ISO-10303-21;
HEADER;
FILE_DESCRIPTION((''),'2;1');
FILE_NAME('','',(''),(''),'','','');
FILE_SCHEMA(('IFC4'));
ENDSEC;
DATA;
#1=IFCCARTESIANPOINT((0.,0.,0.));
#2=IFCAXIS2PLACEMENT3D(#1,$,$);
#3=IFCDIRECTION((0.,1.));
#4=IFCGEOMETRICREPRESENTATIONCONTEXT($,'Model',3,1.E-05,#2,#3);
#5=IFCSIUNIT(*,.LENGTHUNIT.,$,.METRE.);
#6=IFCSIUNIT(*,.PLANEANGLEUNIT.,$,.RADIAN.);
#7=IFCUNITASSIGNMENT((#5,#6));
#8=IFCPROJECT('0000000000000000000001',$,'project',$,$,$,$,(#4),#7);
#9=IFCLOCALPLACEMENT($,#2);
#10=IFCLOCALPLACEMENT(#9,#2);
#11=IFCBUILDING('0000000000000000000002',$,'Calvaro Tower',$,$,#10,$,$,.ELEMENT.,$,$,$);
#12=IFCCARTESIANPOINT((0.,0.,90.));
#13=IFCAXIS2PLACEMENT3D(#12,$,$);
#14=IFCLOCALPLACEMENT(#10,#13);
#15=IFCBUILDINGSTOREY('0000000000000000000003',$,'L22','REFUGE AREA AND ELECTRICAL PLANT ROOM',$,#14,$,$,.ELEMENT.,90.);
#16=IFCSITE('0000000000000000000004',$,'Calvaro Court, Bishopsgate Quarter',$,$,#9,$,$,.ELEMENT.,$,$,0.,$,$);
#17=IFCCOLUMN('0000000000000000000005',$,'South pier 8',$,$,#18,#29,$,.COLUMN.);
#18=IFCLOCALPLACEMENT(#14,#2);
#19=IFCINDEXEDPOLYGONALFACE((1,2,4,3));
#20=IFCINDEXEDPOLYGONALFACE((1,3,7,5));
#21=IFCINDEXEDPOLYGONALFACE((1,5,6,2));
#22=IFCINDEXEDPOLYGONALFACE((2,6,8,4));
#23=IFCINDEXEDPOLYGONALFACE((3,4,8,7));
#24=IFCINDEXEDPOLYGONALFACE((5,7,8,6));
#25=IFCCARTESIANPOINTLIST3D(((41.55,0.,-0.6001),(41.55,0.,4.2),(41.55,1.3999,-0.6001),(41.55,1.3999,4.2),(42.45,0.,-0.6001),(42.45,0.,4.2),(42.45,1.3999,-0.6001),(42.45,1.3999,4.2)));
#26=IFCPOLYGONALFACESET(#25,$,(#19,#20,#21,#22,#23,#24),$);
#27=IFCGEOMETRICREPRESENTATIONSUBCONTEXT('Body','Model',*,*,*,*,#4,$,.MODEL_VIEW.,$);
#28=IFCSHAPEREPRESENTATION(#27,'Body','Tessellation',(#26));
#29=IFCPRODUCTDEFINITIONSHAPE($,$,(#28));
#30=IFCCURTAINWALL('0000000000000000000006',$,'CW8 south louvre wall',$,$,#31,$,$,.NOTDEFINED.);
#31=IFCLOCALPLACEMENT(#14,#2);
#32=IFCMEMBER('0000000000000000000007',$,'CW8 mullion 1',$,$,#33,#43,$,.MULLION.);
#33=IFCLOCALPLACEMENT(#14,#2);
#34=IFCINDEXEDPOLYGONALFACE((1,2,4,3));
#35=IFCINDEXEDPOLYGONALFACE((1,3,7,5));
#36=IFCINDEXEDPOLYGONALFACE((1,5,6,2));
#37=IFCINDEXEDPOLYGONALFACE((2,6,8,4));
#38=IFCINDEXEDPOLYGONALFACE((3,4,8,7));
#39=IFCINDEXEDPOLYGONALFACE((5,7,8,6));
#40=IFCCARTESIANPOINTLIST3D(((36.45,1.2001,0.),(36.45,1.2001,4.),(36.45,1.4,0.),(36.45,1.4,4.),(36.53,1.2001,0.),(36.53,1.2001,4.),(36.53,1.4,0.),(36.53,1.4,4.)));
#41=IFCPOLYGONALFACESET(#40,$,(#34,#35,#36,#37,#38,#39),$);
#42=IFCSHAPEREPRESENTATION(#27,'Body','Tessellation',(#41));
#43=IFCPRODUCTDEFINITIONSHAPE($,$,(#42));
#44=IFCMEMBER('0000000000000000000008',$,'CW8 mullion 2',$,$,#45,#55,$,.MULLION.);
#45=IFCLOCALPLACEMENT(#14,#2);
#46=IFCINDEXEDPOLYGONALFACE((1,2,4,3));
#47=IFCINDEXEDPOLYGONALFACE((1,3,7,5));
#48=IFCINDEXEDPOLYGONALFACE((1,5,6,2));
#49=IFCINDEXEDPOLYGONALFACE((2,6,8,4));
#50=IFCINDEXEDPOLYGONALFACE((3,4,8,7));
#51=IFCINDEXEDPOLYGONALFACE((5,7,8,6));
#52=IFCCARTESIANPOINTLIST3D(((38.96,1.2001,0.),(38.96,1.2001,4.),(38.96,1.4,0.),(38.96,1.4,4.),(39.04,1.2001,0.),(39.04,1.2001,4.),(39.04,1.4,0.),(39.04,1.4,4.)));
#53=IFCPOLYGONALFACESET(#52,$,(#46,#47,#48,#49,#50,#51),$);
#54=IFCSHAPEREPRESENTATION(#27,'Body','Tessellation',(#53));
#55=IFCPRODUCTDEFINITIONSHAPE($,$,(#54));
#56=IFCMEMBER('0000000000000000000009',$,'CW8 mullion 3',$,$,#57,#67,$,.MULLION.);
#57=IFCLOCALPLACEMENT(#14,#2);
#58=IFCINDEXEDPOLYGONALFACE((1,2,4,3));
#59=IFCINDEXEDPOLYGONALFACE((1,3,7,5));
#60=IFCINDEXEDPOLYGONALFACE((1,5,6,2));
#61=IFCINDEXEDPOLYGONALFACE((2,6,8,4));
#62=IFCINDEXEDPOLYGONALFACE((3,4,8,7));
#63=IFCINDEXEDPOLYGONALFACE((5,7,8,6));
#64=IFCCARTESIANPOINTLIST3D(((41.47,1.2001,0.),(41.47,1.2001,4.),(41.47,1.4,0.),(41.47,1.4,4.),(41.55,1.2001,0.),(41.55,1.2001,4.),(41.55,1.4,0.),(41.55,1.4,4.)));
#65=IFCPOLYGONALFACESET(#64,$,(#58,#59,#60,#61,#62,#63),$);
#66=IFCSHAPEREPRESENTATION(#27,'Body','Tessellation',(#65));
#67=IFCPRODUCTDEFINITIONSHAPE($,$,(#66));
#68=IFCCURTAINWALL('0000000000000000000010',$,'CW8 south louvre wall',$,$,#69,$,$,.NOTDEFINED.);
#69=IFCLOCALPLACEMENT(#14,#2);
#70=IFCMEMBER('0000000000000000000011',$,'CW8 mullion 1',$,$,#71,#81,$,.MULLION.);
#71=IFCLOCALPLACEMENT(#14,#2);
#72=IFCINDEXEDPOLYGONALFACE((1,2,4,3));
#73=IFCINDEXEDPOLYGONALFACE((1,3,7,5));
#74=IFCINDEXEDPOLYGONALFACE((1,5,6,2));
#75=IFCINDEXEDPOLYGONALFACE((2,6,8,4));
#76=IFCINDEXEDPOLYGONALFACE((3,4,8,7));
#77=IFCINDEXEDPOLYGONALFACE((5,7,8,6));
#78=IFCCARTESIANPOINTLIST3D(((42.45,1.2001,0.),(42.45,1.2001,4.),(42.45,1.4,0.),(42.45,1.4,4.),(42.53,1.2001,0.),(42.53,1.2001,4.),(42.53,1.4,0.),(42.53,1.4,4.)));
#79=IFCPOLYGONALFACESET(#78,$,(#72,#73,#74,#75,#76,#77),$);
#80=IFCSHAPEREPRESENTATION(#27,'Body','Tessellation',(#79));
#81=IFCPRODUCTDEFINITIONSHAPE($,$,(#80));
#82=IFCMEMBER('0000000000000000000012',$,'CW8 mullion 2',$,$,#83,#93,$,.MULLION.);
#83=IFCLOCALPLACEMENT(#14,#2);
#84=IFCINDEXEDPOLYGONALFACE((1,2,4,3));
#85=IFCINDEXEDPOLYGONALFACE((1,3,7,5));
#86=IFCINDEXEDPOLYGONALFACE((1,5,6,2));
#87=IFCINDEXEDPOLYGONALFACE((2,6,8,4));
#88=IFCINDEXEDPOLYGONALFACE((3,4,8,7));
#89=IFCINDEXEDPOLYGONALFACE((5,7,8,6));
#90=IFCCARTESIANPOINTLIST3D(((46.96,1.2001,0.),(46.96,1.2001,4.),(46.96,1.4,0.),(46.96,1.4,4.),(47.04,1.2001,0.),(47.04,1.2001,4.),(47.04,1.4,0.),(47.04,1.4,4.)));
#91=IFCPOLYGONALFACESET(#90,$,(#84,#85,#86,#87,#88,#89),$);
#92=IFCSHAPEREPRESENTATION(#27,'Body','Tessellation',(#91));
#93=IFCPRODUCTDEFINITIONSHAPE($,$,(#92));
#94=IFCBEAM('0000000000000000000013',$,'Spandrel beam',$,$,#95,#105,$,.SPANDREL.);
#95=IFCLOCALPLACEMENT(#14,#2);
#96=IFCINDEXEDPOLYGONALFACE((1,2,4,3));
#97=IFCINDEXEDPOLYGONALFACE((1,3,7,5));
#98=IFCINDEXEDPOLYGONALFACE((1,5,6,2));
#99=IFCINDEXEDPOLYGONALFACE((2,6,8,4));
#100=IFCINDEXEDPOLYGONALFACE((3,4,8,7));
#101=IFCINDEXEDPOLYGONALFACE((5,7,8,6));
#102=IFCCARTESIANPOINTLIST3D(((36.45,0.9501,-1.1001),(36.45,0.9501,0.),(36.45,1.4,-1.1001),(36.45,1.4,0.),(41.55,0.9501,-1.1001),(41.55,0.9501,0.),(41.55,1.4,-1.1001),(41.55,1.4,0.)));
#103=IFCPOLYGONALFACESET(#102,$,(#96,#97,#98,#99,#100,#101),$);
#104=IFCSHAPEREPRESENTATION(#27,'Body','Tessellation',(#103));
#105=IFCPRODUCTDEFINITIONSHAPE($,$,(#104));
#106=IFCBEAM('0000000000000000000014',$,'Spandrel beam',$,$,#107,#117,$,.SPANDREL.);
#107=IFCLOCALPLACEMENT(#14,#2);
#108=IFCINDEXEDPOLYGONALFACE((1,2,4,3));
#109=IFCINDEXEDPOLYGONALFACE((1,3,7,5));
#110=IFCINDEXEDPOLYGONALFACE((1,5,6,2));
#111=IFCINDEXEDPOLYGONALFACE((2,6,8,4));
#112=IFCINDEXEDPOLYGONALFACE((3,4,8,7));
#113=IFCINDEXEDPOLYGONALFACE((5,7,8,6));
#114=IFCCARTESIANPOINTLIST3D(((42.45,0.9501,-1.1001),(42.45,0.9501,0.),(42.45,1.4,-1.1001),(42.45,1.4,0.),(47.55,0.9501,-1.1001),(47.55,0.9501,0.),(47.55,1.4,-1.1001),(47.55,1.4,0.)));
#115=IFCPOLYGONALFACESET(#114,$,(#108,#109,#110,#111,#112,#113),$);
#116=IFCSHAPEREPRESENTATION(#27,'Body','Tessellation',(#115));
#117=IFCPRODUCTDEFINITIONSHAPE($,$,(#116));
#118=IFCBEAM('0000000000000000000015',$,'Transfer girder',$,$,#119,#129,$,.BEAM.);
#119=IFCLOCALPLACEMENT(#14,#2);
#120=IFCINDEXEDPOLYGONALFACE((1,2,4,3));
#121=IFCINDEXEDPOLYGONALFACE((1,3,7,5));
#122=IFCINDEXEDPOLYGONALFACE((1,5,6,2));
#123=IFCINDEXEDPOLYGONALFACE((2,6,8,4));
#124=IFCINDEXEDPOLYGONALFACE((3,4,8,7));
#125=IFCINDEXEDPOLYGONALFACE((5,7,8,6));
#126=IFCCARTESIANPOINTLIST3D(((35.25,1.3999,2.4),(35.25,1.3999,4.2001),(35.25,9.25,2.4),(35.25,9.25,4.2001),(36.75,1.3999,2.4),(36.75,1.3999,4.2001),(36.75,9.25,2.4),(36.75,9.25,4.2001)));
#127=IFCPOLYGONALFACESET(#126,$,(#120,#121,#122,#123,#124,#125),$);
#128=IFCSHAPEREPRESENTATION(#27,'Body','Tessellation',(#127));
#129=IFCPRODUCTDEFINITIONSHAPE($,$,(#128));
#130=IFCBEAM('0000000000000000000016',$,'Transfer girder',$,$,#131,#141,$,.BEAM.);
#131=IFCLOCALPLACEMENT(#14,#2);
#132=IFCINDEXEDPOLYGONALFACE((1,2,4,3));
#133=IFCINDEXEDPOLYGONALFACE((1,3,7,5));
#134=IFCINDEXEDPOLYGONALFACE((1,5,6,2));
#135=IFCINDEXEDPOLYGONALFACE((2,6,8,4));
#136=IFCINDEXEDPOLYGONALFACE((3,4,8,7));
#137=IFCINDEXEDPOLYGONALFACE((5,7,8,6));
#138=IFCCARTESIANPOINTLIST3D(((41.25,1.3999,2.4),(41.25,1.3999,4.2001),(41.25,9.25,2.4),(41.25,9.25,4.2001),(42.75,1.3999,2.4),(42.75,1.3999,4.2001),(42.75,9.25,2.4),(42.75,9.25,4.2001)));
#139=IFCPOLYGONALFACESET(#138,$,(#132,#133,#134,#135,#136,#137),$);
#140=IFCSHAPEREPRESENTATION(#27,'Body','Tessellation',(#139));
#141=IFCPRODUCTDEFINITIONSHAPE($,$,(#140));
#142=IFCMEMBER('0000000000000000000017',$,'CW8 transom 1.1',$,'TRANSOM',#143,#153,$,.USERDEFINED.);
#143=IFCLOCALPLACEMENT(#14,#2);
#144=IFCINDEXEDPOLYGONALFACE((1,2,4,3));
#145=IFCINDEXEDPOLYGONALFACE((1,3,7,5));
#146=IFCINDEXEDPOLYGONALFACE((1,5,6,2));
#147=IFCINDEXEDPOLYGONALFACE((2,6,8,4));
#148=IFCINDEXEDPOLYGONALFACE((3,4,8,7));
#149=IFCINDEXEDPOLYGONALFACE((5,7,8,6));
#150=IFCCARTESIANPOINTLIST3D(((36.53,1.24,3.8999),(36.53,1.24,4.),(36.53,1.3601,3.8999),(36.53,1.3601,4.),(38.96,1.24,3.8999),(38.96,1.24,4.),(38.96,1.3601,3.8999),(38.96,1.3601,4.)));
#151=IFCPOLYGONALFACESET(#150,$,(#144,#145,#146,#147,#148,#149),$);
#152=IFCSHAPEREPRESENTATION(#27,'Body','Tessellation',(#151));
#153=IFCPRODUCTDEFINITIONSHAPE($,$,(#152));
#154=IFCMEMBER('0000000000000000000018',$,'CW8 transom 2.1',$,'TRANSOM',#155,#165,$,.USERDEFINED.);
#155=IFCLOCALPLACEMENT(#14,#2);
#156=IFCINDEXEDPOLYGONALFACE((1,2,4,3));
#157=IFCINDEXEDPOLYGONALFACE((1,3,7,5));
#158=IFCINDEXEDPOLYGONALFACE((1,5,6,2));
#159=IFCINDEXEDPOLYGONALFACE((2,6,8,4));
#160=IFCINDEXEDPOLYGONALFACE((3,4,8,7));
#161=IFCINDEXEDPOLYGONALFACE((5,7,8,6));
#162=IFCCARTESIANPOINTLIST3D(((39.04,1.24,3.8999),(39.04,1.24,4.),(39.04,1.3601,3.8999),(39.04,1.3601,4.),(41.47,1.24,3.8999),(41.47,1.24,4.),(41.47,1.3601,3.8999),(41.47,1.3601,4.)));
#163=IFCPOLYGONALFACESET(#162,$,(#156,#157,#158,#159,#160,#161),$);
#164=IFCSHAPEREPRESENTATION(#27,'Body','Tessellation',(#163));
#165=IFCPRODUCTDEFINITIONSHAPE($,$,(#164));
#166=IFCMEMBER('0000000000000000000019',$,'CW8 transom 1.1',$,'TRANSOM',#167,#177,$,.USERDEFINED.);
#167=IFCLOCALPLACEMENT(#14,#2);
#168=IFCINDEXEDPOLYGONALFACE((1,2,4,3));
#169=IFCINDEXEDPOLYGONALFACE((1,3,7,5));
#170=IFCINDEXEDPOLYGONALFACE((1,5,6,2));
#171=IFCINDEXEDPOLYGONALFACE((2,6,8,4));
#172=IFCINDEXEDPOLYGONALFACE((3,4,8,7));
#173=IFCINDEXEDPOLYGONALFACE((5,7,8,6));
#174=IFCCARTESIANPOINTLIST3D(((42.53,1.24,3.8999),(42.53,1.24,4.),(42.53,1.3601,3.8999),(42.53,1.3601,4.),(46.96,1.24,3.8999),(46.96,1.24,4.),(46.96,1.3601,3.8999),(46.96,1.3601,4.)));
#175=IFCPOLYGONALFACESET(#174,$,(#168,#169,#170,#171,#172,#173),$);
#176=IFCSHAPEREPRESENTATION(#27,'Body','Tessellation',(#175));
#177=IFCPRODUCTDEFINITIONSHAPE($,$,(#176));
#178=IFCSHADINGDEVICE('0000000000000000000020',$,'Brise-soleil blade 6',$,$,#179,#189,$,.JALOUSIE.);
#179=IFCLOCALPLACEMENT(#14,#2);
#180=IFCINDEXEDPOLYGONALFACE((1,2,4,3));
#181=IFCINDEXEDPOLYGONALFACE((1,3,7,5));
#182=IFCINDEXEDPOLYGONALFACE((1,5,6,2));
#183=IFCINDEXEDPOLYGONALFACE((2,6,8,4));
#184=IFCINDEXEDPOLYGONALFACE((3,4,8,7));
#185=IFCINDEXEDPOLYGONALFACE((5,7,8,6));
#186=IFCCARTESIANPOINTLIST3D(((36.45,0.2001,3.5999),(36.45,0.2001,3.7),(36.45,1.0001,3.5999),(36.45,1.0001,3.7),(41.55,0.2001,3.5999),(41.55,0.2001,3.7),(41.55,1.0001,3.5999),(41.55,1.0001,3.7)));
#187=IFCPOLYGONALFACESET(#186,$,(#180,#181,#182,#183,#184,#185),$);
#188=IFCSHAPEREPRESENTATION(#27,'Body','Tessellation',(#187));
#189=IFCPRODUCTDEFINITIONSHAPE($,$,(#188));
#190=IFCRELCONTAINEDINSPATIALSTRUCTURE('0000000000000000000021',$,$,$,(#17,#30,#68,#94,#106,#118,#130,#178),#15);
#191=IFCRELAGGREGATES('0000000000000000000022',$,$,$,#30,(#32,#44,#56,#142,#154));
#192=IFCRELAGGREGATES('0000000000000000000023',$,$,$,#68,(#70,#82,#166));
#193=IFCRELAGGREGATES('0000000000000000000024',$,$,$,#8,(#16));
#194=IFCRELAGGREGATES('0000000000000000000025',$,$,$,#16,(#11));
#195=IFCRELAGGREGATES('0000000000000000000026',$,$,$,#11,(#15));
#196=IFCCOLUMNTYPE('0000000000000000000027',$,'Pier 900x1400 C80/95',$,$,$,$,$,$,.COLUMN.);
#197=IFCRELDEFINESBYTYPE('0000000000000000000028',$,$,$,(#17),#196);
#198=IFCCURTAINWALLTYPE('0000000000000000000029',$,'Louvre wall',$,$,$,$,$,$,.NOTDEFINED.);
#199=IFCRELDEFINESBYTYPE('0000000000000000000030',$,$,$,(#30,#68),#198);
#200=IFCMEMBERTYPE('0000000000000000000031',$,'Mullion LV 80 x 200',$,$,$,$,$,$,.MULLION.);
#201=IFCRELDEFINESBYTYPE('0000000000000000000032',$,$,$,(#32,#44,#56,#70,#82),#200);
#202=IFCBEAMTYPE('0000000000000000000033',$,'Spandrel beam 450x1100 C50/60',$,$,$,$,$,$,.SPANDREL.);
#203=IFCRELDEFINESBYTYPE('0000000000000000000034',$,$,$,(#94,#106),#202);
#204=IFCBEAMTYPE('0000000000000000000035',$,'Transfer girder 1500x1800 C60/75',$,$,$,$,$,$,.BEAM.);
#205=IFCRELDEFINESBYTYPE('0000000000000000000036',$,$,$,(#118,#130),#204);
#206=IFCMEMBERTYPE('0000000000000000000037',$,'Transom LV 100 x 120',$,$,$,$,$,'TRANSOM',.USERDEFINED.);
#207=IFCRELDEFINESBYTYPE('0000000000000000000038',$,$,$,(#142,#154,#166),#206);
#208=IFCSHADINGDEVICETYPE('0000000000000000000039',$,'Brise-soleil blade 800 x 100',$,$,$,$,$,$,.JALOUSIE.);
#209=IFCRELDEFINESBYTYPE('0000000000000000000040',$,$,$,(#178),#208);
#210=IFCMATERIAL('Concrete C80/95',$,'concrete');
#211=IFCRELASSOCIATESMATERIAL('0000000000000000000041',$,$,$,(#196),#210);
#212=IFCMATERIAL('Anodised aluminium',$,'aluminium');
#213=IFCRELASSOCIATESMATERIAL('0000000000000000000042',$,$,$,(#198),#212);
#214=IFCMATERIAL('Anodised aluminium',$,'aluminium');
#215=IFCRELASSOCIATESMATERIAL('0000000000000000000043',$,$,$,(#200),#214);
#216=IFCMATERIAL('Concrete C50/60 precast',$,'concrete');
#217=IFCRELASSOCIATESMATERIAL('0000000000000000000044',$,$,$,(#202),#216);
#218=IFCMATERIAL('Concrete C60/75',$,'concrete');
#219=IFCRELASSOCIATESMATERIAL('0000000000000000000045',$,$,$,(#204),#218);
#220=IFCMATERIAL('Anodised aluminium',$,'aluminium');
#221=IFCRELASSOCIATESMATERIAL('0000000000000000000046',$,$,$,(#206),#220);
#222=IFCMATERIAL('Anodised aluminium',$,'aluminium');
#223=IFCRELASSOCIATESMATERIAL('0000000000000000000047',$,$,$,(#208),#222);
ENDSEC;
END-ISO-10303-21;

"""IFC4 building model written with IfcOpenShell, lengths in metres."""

from ifc_helpers import new_model, si_unit, direction, frame, origin, origin_2d, place, context, subcontext, project, spatial, rectangle, extrude, material, material_profile, profile_set, type_object, element, aggregate, save


model = new_model("IFC4")

# Units and contexts
model_context = context("Model", 3, precision=1e-05, world=origin(), true_north=direction((0.0, 1.0)))
body_context = subcontext(model_context, "Body", "Model", "MODEL_VIEW")
ifc_project = project(units=[si_unit("LENGTHUNIT", "METRE"), si_unit("PLANEANGLEUNIT", "RADIAN")], contexts=[model_context])

# Site, building, storey
site_placement = place(None, origin())
site = spatial("IfcSite", under=ifc_project, at=site_placement, Name="Calvaro Court, Bishopsgate Quarter", CompositionType="ELEMENT", RefElevation=0.0)
building_placement = place(site_placement, origin())
building = spatial("IfcBuilding", under=site, at=building_placement, Name="Calvaro Tower", CompositionType="ELEMENT")
storey_placement = place(building_placement, frame((0.0, 0.0, 90.0)))
storey = spatial("IfcBuildingStorey", under=building, at=storey_placement, Name="L22", Description="REFUGE AREA AND ELECTRICAL PLANT ROOM", CompositionType="ELEMENT", Elevation=90.0)

# Column
ifc_material_1 = material(Name="Concrete C80/95", Category="concrete")
ifc_material_profile_1 = material_profile(ifc_material_1, rectangle(XDim=0.8999, YDim=1.3999, at=origin_2d()), Name="RC 900x1400")
ifc_profile_set_1 = profile_set([ifc_material_profile_1], Name="Concrete C80/95")
column_type = type_object("IfcColumnType", Name="Pier 900x1400 C80/95", PredefinedType="COLUMN", material=ifc_profile_set_1)
column_placement = place(storey_placement, frame((42.0, 0.7, -0.6001), z_axis=(0.0, 0.0, 1.0), x_axis=(1.0, 0.0, 0.0)))
element("IfcColumn", 1, at=column_placement, inside=storey, type_object=column_type, Name="South pier 8", PredefinedType="COLUMN", context=body_context, shape_type="SweptSolid", body=[
    extrude(rectangle(XDim=0.8999, YDim=1.3999, at=origin_2d()), origin(), (0.0, 0.0, 1.0), 4.8),
])

# Curtain walls, members
ifc_material_2 = material(Name="Anodised aluminium", Category="aluminium")
curtain_wall_type = type_object("IfcCurtainWallType", Name="Louvre wall", PredefinedType="NOTDEFINED", material=ifc_material_2)
curtain_wall_1_placement = place(storey_placement, origin())
curtain_wall_1 = element("IfcCurtainWall", 2, at=curtain_wall_1_placement, inside=storey, type_object=curtain_wall_type, Name="CW8 south louvre wall", PredefinedType="NOTDEFINED")
ifc_material_3 = material(Name="Anodised aluminium", Category="aluminium")
ifc_material_profile_2 = material_profile(ifc_material_3, rectangle(XDim=0.2, YDim=0.0801, at=origin_2d()), Name="Mullion LV 80 x 200")
ifc_profile_set_2 = profile_set([ifc_material_profile_2], Name="Anodised aluminium")
member_type_1 = type_object("IfcMemberType", Name="Mullion LV 80 x 200", PredefinedType="MULLION", material=ifc_profile_set_2)
member_1_placement = place(storey_placement, frame((36.49, 1.3, 0.0), z_axis=(0.0, 0.0, 1.0), x_axis=(0.0, 1.0, 0.0)))
member_1 = element("IfcMember", 3, at=member_1_placement, type_object=member_type_1, Name="CW8 mullion 1", PredefinedType="MULLION", context=body_context, shape_type="SweptSolid", body=[
    extrude(rectangle(XDim=0.2, YDim=0.0801, at=origin_2d()), origin(), (0.0, 0.0, 1.0), 4.0),
])
member_2_placement = place(storey_placement, frame((39.0, 1.3, 0.0), z_axis=(0.0, 0.0, 1.0), x_axis=(0.0, 1.0, 0.0)))
member_2 = element("IfcMember", 4, at=member_2_placement, type_object=member_type_1, Name="CW8 mullion 2", PredefinedType="MULLION", context=body_context, shape_type="SweptSolid", body=[
    extrude(rectangle(XDim=0.2, YDim=0.0801, at=origin_2d()), origin(), (0.0, 0.0, 1.0), 4.0),
])
member_3_placement = place(storey_placement, frame((41.51, 1.3, 0.0), z_axis=(0.0, 0.0, 1.0), x_axis=(0.0, 1.0, 0.0)))
member_3 = element("IfcMember", 5, at=member_3_placement, type_object=member_type_1, Name="CW8 mullion 3", PredefinedType="MULLION", context=body_context, shape_type="SweptSolid", body=[
    extrude(rectangle(XDim=0.2, YDim=0.0801, at=origin_2d()), origin(), (0.0, 0.0, 1.0), 4.0),
])
curtain_wall_2_placement = place(storey_placement, origin())
curtain_wall_2 = element("IfcCurtainWall", 6, at=curtain_wall_2_placement, inside=storey, type_object=curtain_wall_type, Name="CW8 south louvre wall", PredefinedType="NOTDEFINED")
member_4_placement = place(storey_placement, frame((42.49, 1.3, 0.0), z_axis=(0.0, 0.0, 1.0), x_axis=(0.0, 1.0, 0.0)))
member_4 = element("IfcMember", 7, at=member_4_placement, type_object=member_type_1, Name="CW8 mullion 1", PredefinedType="MULLION", context=body_context, shape_type="SweptSolid", body=[
    extrude(rectangle(XDim=0.2, YDim=0.0801, at=origin_2d()), origin(), (0.0, 0.0, 1.0), 4.0),
])
member_5_placement = place(storey_placement, frame((47.0, 1.3, 0.0), z_axis=(0.0, 0.0, 1.0), x_axis=(0.0, 1.0, 0.0)))
member_5 = element("IfcMember", 8, at=member_5_placement, type_object=member_type_1, Name="CW8 mullion 2", PredefinedType="MULLION", context=body_context, shape_type="SweptSolid", body=[
    extrude(rectangle(XDim=0.2, YDim=0.0801, at=origin_2d()), origin(), (0.0, 0.0, 1.0), 4.0),
])

# Beams
ifc_material_4 = material(Name="Concrete C50/60 precast", Category="concrete")
ifc_material_profile_3 = material_profile(ifc_material_4, rectangle(XDim=0.45, YDim=1.1001, at=origin_2d()), Name="RC 450x1100")
ifc_profile_set_3 = profile_set([ifc_material_profile_3], Name="Concrete C50/60 precast")
beam_type_1 = type_object("IfcBeamType", Name="Spandrel beam 450x1100 C50/60", PredefinedType="SPANDREL", material=ifc_profile_set_3)
for number, where, z_axis, x_axis, name in (
    (9, (36.45, 1.175, -0.55), (1.0, 0.0, 0.0), (0.0, 1.0, 0.0), "Spandrel beam"),
    (10, (42.45, 1.175, -0.55), (1.0, 0.0, 0.0), (0.0, 1.0, 0.0), "Spandrel beam"),
):
    element("IfcBeam", number, at=place(storey_placement, frame(where, z_axis=z_axis, x_axis=x_axis)), inside=storey, type_object=beam_type_1, Name=name, PredefinedType="SPANDREL", context=body_context, shape_type="SweptSolid", body=[
        extrude(rectangle(XDim=0.45, YDim=1.1001, at=origin_2d()), origin(), (0.0, 0.0, 1.0), 5.1001),
    ])
ifc_material_5 = material(Name="Concrete C60/75", Category="concrete")
ifc_material_profile_4 = material_profile(ifc_material_5, rectangle(XDim=1.5, YDim=1.8, at=origin_2d()), Name="RC 1500x1800")
ifc_profile_set_4 = profile_set([ifc_material_profile_4], Name="Concrete C60/75")
beam_type_2 = type_object("IfcBeamType", Name="Transfer girder 1500x1800 C60/75", PredefinedType="BEAM", material=ifc_profile_set_4)
for number, where, z_axis, x_axis, name in (
    (11, (36.0, 1.3999, 3.3), (0.0, 1.0, 0.0), (-1.0, 0.0, 0.0), "Transfer girder"),
    (12, (42.0, 1.3999, 3.3), (0.0, 1.0, 0.0), (-1.0, 0.0, 0.0), "Transfer girder"),
):
    element("IfcBeam", number, at=place(storey_placement, frame(where, z_axis=z_axis, x_axis=x_axis)), inside=storey, type_object=beam_type_2, Name=name, PredefinedType="BEAM", context=body_context, shape_type="SweptSolid", body=[
        extrude(rectangle(XDim=1.5, YDim=1.8, at=origin_2d()), origin(), (0.0, 0.0, 1.0), 7.8501),
    ])

# Members
ifc_material_6 = material(Name="Anodised aluminium", Category="aluminium")
ifc_material_profile_5 = material_profile(ifc_material_6, rectangle(XDim=0.1201, YDim=0.1001, at=origin_2d()), Name="Transom LV 100 x 120")
ifc_profile_set_5 = profile_set([ifc_material_profile_5], Name="Anodised aluminium")
member_type_2 = type_object("IfcMemberType", Name="Transom LV 100 x 120", ElementType="TRANSOM", PredefinedType="USERDEFINED", material=ifc_profile_set_5)
member_6_placement = place(storey_placement, frame((36.53, 1.3, 3.95), z_axis=(1.0, 0.0, 0.0), x_axis=(0.0, 1.0, 0.0)))
member_6 = element("IfcMember", 13, at=member_6_placement, type_object=member_type_2, Name="CW8 transom 1.1", ObjectType="TRANSOM", PredefinedType="USERDEFINED", context=body_context, shape_type="SweptSolid", body=[
    extrude(rectangle(XDim=0.1201, YDim=0.1001, at=origin_2d()), origin(), (0.0, 0.0, 1.0), 2.4299),
])
member_7_placement = place(storey_placement, frame((39.04, 1.3, 3.95), z_axis=(1.0, 0.0, 0.0), x_axis=(0.0, 1.0, 0.0)))
member_7 = element("IfcMember", 14, at=member_7_placement, type_object=member_type_2, Name="CW8 transom 2.1", ObjectType="TRANSOM", PredefinedType="USERDEFINED", context=body_context, shape_type="SweptSolid", body=[
    extrude(rectangle(XDim=0.1201, YDim=0.1001, at=origin_2d()), origin(), (0.0, 0.0, 1.0), 2.4299),
])
member_8_placement = place(storey_placement, frame((42.53, 1.3, 3.95), z_axis=(1.0, 0.0, 0.0), x_axis=(0.0, 1.0, 0.0)))
member_8 = element("IfcMember", 15, at=member_8_placement, type_object=member_type_2, Name="CW8 transom 1.1", ObjectType="TRANSOM", PredefinedType="USERDEFINED", context=body_context, shape_type="SweptSolid", body=[
    extrude(rectangle(XDim=0.1201, YDim=0.1001, at=origin_2d()), origin(), (0.0, 0.0, 1.0), 4.4299),
])

# Shading device
ifc_material_7 = material(Name="Anodised aluminium", Category="aluminium")
ifc_material_profile_6 = material_profile(ifc_material_7, rectangle(XDim=0.8, YDim=0.1001, at=origin_2d()), Name="Brise-soleil blade 800 x 100")
ifc_profile_set_6 = profile_set([ifc_material_profile_6], Name="Anodised aluminium")
shading_device_type_1 = type_object("IfcShadingDeviceType", Name="Brise-soleil blade 800 x 100", PredefinedType="JALOUSIE", material=ifc_profile_set_6)
for number, where, z_axis, x_axis, name in (
    (16, (36.45, 0.6001, 3.6499), (1.0, 0.0, 0.0), (0.0, 1.0, 0.0), "Brise-soleil blade 6"),
):
    element("IfcShadingDevice", number, at=place(storey_placement, frame(where, z_axis=z_axis, x_axis=x_axis)), inside=storey, type_object=shading_device_type_1, Name=name, PredefinedType="JALOUSIE", context=body_context, shape_type="SweptSolid", body=[
        extrude(rectangle(XDim=0.8, YDim=0.1001, at=origin_2d()), origin(), (0.0, 0.0, 1.0), 5.1001),
    ])

aggregate(curtain_wall_1, [member_1, member_2, member_3, member_6, member_7])
aggregate(curtain_wall_2, [member_4, member_5, member_8])

save(model, "model.ifc")
